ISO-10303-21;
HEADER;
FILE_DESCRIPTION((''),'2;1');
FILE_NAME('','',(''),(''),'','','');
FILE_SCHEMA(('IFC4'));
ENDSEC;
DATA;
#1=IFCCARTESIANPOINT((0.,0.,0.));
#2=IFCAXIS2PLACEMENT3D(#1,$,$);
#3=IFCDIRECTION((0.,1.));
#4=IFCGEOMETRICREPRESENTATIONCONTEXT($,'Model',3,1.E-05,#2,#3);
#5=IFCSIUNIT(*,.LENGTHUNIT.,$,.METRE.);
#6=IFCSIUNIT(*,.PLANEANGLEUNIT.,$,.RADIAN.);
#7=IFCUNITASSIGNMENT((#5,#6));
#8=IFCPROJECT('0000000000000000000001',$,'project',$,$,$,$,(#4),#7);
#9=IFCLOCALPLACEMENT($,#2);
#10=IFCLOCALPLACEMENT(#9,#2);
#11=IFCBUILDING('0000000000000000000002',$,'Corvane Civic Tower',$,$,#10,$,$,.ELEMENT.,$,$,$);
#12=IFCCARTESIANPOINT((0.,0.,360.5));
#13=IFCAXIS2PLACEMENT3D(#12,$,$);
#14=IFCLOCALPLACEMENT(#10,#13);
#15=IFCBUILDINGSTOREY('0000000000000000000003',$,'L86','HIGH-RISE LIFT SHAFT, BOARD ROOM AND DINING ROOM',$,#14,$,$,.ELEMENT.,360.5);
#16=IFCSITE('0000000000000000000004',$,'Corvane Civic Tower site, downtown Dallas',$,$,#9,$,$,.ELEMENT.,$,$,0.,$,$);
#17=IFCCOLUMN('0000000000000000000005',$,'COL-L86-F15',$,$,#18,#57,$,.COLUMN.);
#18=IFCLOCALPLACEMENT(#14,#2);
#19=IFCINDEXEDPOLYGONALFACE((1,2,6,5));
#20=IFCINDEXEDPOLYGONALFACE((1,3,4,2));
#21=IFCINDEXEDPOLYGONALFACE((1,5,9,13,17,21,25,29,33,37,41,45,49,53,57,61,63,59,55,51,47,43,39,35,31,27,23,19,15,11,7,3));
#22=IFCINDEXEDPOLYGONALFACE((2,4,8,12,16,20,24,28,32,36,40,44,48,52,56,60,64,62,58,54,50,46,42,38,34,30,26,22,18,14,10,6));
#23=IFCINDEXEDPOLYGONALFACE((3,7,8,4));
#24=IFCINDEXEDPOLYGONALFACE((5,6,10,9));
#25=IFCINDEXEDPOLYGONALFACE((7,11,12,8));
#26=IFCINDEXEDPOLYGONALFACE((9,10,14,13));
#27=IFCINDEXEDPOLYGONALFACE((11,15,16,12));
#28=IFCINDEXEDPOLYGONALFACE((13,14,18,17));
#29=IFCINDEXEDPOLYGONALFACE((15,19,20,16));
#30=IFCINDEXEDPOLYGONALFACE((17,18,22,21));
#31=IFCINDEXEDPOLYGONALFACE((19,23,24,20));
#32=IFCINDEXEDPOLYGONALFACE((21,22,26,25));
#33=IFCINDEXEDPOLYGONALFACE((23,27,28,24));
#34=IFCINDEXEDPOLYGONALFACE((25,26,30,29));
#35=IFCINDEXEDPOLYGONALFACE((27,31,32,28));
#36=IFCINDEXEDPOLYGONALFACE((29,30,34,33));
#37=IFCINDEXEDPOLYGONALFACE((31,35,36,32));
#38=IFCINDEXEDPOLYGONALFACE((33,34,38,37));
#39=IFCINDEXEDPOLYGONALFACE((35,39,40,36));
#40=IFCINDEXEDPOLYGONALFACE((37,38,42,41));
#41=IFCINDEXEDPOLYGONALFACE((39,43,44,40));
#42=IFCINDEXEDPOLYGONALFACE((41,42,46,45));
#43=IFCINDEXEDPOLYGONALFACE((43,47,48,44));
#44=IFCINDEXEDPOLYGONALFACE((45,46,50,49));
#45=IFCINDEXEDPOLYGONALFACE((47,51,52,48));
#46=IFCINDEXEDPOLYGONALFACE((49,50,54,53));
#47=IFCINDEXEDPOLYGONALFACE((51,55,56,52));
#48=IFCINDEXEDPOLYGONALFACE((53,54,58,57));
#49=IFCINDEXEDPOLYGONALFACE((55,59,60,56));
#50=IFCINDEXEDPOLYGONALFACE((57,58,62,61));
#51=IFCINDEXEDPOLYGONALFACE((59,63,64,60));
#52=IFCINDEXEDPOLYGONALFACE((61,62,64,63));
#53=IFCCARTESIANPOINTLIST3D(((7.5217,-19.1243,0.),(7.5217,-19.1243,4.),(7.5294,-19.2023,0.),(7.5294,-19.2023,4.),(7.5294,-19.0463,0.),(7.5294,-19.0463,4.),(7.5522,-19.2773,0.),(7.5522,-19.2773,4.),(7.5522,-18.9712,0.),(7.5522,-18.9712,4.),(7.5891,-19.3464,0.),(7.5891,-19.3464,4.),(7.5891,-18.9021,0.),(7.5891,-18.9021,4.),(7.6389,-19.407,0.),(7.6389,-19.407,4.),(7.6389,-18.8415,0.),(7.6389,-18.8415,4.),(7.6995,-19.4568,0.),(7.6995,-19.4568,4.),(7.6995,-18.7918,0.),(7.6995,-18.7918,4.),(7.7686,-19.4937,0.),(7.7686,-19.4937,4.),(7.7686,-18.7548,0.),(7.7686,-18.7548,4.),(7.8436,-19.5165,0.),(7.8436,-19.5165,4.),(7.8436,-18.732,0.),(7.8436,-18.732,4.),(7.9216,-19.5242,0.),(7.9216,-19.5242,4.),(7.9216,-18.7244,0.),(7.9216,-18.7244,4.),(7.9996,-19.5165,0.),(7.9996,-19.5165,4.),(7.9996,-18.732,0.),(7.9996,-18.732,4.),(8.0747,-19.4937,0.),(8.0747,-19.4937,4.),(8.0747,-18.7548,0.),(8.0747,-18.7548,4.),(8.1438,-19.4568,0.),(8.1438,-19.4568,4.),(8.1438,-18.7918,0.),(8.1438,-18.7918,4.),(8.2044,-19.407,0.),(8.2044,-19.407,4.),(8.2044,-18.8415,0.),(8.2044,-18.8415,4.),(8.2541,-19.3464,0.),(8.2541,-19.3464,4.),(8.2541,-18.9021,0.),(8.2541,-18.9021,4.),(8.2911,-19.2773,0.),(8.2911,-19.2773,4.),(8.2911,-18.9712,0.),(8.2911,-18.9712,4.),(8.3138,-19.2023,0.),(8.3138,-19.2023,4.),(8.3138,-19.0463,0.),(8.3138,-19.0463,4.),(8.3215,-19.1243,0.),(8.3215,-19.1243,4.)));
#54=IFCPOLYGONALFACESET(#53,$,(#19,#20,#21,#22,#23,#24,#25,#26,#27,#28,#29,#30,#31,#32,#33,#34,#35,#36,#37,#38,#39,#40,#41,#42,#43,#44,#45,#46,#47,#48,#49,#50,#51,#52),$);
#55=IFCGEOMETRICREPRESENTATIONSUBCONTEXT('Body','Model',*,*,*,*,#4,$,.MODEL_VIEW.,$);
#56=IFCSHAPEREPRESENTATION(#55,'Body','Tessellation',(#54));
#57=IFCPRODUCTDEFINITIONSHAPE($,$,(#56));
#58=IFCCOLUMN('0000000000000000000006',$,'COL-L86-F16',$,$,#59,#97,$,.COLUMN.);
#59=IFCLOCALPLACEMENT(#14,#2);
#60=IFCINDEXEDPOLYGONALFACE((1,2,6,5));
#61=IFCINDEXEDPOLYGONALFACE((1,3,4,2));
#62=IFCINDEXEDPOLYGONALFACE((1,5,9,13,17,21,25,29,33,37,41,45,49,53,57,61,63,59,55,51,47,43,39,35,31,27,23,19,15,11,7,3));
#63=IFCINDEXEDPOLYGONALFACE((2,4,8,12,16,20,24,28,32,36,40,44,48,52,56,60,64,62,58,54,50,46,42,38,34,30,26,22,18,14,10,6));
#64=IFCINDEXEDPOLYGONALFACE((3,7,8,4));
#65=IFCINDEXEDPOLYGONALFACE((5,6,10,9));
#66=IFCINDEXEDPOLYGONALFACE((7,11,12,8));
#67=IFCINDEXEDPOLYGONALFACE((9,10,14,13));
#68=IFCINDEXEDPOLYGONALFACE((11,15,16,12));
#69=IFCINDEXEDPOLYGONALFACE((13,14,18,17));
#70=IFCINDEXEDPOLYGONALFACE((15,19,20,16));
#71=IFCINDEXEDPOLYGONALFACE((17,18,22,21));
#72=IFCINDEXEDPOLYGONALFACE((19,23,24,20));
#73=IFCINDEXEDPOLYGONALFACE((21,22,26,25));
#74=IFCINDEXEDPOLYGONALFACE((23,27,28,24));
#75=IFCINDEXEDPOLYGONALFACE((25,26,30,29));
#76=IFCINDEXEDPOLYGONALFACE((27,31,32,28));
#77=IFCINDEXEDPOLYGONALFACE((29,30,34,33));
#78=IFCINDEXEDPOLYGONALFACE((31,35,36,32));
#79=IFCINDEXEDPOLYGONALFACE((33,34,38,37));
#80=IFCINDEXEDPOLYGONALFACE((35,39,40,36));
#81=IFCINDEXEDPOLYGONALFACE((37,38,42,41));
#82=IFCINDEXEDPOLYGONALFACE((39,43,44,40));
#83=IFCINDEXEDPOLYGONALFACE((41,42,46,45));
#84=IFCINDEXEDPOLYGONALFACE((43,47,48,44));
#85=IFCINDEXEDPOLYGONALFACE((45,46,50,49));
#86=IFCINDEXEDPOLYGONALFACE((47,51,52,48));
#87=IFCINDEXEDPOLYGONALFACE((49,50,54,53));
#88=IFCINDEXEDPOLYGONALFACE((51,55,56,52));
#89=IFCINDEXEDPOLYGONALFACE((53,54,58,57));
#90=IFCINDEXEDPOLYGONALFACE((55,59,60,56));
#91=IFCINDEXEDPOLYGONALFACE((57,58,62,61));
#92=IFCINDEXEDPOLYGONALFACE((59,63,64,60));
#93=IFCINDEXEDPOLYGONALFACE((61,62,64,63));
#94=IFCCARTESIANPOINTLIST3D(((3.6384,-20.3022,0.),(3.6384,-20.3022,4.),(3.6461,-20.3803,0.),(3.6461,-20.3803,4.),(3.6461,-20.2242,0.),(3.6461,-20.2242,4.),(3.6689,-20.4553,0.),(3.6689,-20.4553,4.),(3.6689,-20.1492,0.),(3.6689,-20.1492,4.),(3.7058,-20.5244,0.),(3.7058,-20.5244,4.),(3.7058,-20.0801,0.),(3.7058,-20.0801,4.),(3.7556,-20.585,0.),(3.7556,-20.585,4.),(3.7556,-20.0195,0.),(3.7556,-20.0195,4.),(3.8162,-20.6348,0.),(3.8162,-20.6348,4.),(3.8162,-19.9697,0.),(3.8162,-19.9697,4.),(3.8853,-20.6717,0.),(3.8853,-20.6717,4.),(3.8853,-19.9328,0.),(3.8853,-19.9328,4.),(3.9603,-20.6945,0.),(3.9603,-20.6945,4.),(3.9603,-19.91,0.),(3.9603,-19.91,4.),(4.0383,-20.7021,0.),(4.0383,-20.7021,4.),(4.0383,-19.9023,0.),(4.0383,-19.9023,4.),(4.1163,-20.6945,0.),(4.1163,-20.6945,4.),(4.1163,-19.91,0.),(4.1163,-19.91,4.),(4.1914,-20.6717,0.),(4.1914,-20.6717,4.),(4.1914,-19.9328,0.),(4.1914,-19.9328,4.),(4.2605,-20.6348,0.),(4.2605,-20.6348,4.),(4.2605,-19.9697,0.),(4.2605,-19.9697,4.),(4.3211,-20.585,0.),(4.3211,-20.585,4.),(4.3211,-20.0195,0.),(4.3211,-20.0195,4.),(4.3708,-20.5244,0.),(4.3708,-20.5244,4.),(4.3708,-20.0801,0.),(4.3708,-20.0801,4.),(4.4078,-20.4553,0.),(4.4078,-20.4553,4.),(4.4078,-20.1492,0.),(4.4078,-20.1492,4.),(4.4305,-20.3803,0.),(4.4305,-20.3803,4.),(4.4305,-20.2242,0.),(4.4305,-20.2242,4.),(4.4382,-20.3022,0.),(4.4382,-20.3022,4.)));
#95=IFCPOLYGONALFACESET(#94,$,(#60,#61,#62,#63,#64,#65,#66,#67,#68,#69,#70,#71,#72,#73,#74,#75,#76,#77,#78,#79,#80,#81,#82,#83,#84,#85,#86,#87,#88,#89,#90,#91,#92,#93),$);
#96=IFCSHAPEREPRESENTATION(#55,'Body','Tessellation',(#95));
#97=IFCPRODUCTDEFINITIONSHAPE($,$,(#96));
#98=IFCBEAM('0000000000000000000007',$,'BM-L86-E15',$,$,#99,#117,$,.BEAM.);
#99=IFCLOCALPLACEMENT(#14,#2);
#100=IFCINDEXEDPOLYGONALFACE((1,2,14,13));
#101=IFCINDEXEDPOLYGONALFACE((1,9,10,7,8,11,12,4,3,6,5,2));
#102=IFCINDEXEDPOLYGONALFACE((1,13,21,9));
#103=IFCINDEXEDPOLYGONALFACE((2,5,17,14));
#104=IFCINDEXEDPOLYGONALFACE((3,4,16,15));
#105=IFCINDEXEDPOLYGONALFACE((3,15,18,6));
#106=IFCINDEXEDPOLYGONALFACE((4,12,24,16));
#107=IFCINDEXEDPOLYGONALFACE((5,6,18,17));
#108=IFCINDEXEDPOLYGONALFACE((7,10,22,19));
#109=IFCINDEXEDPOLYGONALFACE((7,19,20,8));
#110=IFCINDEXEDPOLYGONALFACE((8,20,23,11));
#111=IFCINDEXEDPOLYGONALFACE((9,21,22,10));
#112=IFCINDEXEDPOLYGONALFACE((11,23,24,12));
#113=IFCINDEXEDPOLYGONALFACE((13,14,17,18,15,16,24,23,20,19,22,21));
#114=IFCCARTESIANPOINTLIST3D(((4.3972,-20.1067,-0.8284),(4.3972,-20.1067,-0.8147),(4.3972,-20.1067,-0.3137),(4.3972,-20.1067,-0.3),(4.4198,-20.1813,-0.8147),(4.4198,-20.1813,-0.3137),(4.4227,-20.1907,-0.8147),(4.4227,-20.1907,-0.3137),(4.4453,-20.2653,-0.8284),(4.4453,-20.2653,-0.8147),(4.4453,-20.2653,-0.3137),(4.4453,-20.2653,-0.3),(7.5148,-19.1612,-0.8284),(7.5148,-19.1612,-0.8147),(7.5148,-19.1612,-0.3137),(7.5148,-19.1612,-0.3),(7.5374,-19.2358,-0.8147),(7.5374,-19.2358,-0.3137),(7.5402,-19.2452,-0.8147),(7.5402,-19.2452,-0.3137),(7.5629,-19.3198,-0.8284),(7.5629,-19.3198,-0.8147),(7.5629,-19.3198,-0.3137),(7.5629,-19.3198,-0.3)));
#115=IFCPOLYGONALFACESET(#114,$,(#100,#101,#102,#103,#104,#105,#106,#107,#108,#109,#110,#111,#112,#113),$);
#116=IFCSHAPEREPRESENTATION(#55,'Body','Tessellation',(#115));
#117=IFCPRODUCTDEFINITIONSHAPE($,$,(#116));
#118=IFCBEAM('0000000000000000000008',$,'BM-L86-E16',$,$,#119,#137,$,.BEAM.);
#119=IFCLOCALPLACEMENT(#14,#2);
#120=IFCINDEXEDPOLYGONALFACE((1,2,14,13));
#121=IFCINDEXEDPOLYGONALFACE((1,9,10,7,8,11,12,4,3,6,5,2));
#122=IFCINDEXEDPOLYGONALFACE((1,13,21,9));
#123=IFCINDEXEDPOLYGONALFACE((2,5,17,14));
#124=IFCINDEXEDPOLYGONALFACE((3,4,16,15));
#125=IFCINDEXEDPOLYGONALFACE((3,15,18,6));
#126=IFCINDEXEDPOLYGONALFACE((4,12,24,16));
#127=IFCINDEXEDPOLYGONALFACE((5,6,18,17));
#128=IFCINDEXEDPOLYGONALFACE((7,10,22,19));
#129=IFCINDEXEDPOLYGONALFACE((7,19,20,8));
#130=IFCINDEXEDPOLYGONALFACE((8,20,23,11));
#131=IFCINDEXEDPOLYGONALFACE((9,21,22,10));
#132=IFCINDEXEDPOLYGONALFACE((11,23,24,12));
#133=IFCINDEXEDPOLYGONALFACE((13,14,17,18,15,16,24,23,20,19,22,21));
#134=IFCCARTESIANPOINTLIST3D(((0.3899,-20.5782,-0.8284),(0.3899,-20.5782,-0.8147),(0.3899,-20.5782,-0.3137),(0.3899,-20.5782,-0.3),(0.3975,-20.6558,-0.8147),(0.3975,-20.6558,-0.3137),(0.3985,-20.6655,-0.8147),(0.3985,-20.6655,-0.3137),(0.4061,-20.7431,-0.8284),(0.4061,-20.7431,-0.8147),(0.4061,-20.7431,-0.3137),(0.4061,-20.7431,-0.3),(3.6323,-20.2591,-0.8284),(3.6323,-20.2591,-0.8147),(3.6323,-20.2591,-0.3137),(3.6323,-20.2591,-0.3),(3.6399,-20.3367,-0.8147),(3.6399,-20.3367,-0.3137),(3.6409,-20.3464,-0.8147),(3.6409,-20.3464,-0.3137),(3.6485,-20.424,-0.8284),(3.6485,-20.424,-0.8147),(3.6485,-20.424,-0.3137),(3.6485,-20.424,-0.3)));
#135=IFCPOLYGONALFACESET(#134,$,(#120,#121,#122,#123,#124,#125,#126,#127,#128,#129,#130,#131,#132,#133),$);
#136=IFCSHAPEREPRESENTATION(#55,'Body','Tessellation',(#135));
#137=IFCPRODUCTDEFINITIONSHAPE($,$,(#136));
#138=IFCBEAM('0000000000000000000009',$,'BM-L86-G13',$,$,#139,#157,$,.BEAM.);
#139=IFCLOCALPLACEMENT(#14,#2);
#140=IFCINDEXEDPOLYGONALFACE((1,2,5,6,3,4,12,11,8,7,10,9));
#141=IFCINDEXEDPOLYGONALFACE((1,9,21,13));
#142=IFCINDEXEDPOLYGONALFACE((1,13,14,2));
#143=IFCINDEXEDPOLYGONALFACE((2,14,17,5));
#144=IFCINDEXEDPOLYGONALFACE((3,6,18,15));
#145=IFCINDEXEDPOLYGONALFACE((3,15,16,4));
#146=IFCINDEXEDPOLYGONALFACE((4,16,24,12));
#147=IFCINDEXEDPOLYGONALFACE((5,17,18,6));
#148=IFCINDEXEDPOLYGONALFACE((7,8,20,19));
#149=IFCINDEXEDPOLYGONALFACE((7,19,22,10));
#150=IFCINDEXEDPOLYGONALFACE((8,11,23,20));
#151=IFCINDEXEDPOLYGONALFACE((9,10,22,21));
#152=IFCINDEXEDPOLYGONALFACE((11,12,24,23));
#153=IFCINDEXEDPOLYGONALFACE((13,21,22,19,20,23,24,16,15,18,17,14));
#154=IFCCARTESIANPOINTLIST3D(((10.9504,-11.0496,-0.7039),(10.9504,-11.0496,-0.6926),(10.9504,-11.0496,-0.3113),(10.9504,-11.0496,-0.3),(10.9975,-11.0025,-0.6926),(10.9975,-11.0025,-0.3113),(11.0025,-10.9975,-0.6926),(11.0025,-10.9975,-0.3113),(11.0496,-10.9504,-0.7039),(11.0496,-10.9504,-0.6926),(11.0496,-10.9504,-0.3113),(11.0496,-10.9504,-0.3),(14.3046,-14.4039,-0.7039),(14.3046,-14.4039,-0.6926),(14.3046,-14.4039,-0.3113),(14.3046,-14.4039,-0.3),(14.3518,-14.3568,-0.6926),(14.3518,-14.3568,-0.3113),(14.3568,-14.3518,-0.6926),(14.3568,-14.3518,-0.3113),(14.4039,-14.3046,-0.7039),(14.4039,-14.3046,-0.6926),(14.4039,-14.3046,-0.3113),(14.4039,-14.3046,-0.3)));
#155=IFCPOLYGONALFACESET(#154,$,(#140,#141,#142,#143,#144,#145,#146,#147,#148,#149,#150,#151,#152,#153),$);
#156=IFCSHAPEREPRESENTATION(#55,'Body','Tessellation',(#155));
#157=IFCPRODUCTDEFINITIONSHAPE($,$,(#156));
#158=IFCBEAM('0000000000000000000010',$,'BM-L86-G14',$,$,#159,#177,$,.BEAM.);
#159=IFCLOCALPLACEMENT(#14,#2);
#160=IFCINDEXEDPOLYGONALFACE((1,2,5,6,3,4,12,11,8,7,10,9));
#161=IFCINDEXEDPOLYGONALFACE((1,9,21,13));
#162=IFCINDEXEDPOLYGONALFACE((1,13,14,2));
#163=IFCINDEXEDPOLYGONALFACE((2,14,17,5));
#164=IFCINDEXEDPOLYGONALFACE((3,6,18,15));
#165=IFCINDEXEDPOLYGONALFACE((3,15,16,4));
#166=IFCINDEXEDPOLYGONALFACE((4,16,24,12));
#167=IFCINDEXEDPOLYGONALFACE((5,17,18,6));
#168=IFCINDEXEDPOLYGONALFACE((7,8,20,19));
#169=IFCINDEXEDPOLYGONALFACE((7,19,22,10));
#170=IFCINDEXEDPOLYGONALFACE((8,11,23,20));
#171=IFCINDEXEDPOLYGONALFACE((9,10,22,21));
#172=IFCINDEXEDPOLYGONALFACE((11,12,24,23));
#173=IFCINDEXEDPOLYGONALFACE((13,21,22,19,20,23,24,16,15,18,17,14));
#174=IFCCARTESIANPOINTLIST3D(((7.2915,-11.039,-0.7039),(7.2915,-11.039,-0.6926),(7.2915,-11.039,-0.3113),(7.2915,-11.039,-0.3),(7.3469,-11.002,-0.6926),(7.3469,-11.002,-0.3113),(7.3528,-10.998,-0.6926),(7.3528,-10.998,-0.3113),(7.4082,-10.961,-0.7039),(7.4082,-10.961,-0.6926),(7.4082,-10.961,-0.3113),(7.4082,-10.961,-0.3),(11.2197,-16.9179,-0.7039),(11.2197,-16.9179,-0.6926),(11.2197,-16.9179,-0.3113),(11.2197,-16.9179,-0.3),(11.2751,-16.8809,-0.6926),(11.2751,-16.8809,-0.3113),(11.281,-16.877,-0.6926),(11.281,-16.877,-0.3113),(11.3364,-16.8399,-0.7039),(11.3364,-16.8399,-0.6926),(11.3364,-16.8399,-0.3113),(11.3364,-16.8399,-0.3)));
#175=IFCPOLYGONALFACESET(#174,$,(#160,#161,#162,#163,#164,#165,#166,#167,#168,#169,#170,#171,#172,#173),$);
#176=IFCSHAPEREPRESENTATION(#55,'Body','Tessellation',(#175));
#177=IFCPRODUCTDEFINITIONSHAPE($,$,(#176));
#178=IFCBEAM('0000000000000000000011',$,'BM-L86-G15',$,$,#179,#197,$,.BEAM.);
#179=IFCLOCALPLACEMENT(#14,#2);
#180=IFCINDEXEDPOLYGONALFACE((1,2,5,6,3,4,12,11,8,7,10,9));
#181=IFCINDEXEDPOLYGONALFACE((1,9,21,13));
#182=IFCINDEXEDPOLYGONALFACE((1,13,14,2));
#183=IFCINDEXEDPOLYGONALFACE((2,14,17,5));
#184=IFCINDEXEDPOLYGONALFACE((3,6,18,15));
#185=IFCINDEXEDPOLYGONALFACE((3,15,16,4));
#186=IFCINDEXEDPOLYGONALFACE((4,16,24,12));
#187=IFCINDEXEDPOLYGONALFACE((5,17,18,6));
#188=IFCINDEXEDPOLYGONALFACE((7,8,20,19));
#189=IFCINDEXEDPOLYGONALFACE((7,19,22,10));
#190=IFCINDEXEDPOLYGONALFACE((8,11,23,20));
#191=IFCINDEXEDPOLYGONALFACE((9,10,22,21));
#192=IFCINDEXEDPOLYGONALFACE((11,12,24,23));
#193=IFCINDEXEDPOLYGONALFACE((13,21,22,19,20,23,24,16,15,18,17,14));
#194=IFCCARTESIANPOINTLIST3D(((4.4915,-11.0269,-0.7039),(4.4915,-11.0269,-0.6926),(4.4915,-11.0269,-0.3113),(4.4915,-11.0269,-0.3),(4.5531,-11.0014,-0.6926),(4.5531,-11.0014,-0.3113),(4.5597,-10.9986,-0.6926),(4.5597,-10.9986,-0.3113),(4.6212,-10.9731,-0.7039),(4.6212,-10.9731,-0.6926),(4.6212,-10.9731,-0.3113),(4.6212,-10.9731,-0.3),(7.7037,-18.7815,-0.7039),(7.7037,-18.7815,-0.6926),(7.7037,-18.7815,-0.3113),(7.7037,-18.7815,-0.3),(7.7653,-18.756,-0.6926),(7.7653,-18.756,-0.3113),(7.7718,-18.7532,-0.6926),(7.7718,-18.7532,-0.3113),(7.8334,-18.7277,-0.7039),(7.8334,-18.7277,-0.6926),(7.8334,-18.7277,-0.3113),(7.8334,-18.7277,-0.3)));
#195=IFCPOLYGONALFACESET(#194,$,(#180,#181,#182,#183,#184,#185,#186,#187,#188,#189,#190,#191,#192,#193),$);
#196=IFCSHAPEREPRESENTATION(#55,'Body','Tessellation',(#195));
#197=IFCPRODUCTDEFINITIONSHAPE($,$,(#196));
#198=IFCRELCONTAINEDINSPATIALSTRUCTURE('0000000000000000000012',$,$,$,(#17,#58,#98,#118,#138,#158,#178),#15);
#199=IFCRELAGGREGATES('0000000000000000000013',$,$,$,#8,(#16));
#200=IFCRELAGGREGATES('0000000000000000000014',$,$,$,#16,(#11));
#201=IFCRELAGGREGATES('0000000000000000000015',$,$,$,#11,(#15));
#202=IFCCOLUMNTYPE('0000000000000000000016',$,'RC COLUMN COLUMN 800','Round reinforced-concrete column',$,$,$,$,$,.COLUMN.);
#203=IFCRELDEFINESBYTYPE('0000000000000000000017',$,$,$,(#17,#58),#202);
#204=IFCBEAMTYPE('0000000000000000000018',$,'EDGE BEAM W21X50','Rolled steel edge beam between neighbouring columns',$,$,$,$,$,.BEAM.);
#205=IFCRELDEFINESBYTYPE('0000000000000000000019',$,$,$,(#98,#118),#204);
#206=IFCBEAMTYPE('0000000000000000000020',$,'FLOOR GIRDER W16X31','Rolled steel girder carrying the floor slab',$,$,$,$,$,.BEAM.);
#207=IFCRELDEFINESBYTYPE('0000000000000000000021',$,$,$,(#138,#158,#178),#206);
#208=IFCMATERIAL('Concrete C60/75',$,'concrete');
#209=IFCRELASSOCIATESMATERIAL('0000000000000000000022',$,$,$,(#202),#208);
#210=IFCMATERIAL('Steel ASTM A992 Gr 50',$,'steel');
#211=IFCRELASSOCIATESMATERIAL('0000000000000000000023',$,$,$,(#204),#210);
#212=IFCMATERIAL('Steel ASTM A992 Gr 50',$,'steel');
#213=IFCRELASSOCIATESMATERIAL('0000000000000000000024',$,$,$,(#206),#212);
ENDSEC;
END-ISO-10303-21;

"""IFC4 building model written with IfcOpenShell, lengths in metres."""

from ifc_helpers import new_model, si_unit, direction, frame, origin, origin_2d, place, context, subcontext, project, spatial, circle, i_section, extrude, material, material_profile, profile_set, type_object, element, save


model = new_model("IFC4")

# Units and contexts
model_context = context("Model", 3, precision=1e-05, world=origin(), true_north=direction((0.0, 1.0)))
body_context = subcontext(model_context, "Body", "Model", "MODEL_VIEW")
ifc_project = project(units=[si_unit("LENGTHUNIT", "METRE"), si_unit("PLANEANGLEUNIT", "RADIAN")], contexts=[model_context])

# Site, building, storey
site_placement = place(None, origin())
site = spatial("IfcSite", under=ifc_project, at=site_placement, Name="Corvane Civic Tower site, downtown Dallas", CompositionType="ELEMENT", RefElevation=0.0)
building_placement = place(site_placement, origin())
building = spatial("IfcBuilding", under=site, at=building_placement, Name="Corvane Civic Tower", CompositionType="ELEMENT")
storey_placement = place(building_placement, frame((0.0, 0.0, 360.5)))
storey = spatial("IfcBuildingStorey", under=building, at=storey_placement, Name="L86", Description="HIGH-RISE LIFT SHAFT, BOARD ROOM AND DINING ROOM", CompositionType="ELEMENT", Elevation=360.5)

# Columns
ifc_material_1 = material(Name="Concrete C60/75", Category="concrete")
ifc_material_profile_1 = material_profile(ifc_material_1, circle(Radius=0.3999, at=origin_2d()), Name="COLUMN 800")
ifc_profile_set_1 = profile_set([ifc_material_profile_1], Name="Concrete C60/75")
column_type = type_object("IfcColumnType", Name="RC COLUMN COLUMN 800", Description="Round reinforced-concrete column", PredefinedType="COLUMN", material=ifc_profile_set_1)
for number, where, z_axis, x_axis, name in (
    (1, (7.9216, -19.1243, 0.0), (0.0, 0.0, 1.0), (1.0, 0.0, 0.0), "COL-L86-F15"),
    (2, (4.0383, -20.3022, 0.0), (0.0, 0.0, 1.0), (1.0, 0.0, 0.0), "COL-L86-F16"),
):
    element("IfcColumn", number, at=place(storey_placement, frame(where, z_axis=z_axis, x_axis=x_axis)), inside=storey, type_object=column_type, Name=name, PredefinedType="COLUMN", context=body_context, shape_type="SweptSolid", body=[
        extrude(circle(Radius=0.3999, at=origin_2d()), origin(), (0.0, 0.0, 1.0), 4.0),
    ])

# Beams
ifc_material_2 = material(Name="Steel ASTM A992 Gr 50", Category="steel")
ifc_material_profile_2 = material_profile(ifc_material_2, i_section(OverallWidth=0.1658, OverallDepth=0.5283, WebThickness=0.0098, FlangeThickness=0.0137, at=origin_2d()), Name="W21X50")
ifc_profile_set_2 = profile_set([ifc_material_profile_2], Name="Steel ASTM A992 Gr 50")
beam_type_1 = type_object("IfcBeamType", Name="EDGE BEAM W21X50", Description="Rolled steel edge beam between neighbouring columns", PredefinedType="BEAM", material=ifc_profile_set_2)
beam_1_placement = place(storey_placement, frame((7.5388, -19.2405, -0.5642), z_axis=(-0.956956, -0.290234, 0.0), x_axis=(0.290234, -0.956956, 0.0)))
element("IfcBeam", 3, at=beam_1_placement, inside=storey, type_object=beam_type_1, Name="BM-L86-E15", PredefinedType="BEAM", context=body_context, shape_type="SweptSolid", body=[
    extrude(i_section(OverallWidth=0.1658, OverallDepth=0.5283, WebThickness=0.0098, FlangeThickness=0.0137, at=origin_2d()), origin(), (0.0, 0.0, 1.0), 3.2578),
])
beam_2_placement = place(storey_placement, frame((3.6404, -20.3416, -0.5642), z_axis=(-0.995193, -0.097938, 0.0), x_axis=(0.097938, -0.995193, 0.0)))
element("IfcBeam", 4, at=beam_2_placement, inside=storey, type_object=beam_type_1, Name="BM-L86-E16", PredefinedType="BEAM", context=body_context, shape_type="SweptSolid", body=[
    extrude(i_section(OverallWidth=0.1658, OverallDepth=0.5283, WebThickness=0.0098, FlangeThickness=0.0137, at=origin_2d()), origin(), (0.0, 0.0, 1.0), 3.2581),
])
ifc_material_3 = material(Name="Steel ASTM A992 Gr 50", Category="steel")
ifc_material_profile_3 = material_profile(ifc_material_3, i_section(OverallWidth=0.1404, OverallDepth=0.4038, WebThickness=0.0071, FlangeThickness=0.0112, at=origin_2d()), Name="W16X31")
ifc_profile_set_3 = profile_set([ifc_material_profile_3], Name="Steel ASTM A992 Gr 50")
beam_type_2 = type_object("IfcBeamType", Name="FLOOR GIRDER W16X31", Description="Rolled steel girder carrying the floor slab", PredefinedType="BEAM", material=ifc_profile_set_3)
beam_3_placement = place(storey_placement, frame((11.0, -11.0, -0.502), z_axis=(0.707107, -0.707107, 0.0), x_axis=(0.707107, 0.707107, 0.0)))
element("IfcBeam", 5, at=beam_3_placement, inside=storey, type_object=beam_type_2, Name="BM-L86-G13", PredefinedType="BEAM", context=body_context, shape_type="SweptSolid", body=[
    extrude(i_section(OverallWidth=0.1404, OverallDepth=0.4038, WebThickness=0.0071, FlangeThickness=0.0112, at=origin_2d()), origin(), (0.0, 0.0, 1.0), 4.7437),
])
beam_4_placement = place(storey_placement, frame((7.3499, -11.0, -0.502), z_axis=(0.555576, -0.831465, 0.0), x_axis=(0.831465, 0.555576, 0.0)))
element("IfcBeam", 6, at=beam_4_placement, inside=storey, type_object=beam_type_2, Name="BM-L86-G14", PredefinedType="BEAM", context=body_context, shape_type="SweptSolid", body=[
    extrude(i_section(OverallWidth=0.1404, OverallDepth=0.4038, WebThickness=0.0071, FlangeThickness=0.0112, at=origin_2d()), origin(), (0.0, 0.0, 1.0), 7.0706),
])
beam_5_placement = place(storey_placement, frame((4.5564, -11.0, -0.502), z_axis=(0.382692, -0.923876, 0.0), x_axis=(0.923876, 0.382692, 0.0)))
element("IfcBeam", 7, at=beam_5_placement, inside=storey, type_object=beam_type_2, Name="BM-L86-G15", PredefinedType="BEAM", context=body_context, shape_type="SweptSolid", body=[
    extrude(i_section(OverallWidth=0.1404, OverallDepth=0.4038, WebThickness=0.0071, FlangeThickness=0.0112, at=origin_2d()), origin(), (0.0, 0.0, 1.0), 8.3936),
])

save(model, "model.ifc")
